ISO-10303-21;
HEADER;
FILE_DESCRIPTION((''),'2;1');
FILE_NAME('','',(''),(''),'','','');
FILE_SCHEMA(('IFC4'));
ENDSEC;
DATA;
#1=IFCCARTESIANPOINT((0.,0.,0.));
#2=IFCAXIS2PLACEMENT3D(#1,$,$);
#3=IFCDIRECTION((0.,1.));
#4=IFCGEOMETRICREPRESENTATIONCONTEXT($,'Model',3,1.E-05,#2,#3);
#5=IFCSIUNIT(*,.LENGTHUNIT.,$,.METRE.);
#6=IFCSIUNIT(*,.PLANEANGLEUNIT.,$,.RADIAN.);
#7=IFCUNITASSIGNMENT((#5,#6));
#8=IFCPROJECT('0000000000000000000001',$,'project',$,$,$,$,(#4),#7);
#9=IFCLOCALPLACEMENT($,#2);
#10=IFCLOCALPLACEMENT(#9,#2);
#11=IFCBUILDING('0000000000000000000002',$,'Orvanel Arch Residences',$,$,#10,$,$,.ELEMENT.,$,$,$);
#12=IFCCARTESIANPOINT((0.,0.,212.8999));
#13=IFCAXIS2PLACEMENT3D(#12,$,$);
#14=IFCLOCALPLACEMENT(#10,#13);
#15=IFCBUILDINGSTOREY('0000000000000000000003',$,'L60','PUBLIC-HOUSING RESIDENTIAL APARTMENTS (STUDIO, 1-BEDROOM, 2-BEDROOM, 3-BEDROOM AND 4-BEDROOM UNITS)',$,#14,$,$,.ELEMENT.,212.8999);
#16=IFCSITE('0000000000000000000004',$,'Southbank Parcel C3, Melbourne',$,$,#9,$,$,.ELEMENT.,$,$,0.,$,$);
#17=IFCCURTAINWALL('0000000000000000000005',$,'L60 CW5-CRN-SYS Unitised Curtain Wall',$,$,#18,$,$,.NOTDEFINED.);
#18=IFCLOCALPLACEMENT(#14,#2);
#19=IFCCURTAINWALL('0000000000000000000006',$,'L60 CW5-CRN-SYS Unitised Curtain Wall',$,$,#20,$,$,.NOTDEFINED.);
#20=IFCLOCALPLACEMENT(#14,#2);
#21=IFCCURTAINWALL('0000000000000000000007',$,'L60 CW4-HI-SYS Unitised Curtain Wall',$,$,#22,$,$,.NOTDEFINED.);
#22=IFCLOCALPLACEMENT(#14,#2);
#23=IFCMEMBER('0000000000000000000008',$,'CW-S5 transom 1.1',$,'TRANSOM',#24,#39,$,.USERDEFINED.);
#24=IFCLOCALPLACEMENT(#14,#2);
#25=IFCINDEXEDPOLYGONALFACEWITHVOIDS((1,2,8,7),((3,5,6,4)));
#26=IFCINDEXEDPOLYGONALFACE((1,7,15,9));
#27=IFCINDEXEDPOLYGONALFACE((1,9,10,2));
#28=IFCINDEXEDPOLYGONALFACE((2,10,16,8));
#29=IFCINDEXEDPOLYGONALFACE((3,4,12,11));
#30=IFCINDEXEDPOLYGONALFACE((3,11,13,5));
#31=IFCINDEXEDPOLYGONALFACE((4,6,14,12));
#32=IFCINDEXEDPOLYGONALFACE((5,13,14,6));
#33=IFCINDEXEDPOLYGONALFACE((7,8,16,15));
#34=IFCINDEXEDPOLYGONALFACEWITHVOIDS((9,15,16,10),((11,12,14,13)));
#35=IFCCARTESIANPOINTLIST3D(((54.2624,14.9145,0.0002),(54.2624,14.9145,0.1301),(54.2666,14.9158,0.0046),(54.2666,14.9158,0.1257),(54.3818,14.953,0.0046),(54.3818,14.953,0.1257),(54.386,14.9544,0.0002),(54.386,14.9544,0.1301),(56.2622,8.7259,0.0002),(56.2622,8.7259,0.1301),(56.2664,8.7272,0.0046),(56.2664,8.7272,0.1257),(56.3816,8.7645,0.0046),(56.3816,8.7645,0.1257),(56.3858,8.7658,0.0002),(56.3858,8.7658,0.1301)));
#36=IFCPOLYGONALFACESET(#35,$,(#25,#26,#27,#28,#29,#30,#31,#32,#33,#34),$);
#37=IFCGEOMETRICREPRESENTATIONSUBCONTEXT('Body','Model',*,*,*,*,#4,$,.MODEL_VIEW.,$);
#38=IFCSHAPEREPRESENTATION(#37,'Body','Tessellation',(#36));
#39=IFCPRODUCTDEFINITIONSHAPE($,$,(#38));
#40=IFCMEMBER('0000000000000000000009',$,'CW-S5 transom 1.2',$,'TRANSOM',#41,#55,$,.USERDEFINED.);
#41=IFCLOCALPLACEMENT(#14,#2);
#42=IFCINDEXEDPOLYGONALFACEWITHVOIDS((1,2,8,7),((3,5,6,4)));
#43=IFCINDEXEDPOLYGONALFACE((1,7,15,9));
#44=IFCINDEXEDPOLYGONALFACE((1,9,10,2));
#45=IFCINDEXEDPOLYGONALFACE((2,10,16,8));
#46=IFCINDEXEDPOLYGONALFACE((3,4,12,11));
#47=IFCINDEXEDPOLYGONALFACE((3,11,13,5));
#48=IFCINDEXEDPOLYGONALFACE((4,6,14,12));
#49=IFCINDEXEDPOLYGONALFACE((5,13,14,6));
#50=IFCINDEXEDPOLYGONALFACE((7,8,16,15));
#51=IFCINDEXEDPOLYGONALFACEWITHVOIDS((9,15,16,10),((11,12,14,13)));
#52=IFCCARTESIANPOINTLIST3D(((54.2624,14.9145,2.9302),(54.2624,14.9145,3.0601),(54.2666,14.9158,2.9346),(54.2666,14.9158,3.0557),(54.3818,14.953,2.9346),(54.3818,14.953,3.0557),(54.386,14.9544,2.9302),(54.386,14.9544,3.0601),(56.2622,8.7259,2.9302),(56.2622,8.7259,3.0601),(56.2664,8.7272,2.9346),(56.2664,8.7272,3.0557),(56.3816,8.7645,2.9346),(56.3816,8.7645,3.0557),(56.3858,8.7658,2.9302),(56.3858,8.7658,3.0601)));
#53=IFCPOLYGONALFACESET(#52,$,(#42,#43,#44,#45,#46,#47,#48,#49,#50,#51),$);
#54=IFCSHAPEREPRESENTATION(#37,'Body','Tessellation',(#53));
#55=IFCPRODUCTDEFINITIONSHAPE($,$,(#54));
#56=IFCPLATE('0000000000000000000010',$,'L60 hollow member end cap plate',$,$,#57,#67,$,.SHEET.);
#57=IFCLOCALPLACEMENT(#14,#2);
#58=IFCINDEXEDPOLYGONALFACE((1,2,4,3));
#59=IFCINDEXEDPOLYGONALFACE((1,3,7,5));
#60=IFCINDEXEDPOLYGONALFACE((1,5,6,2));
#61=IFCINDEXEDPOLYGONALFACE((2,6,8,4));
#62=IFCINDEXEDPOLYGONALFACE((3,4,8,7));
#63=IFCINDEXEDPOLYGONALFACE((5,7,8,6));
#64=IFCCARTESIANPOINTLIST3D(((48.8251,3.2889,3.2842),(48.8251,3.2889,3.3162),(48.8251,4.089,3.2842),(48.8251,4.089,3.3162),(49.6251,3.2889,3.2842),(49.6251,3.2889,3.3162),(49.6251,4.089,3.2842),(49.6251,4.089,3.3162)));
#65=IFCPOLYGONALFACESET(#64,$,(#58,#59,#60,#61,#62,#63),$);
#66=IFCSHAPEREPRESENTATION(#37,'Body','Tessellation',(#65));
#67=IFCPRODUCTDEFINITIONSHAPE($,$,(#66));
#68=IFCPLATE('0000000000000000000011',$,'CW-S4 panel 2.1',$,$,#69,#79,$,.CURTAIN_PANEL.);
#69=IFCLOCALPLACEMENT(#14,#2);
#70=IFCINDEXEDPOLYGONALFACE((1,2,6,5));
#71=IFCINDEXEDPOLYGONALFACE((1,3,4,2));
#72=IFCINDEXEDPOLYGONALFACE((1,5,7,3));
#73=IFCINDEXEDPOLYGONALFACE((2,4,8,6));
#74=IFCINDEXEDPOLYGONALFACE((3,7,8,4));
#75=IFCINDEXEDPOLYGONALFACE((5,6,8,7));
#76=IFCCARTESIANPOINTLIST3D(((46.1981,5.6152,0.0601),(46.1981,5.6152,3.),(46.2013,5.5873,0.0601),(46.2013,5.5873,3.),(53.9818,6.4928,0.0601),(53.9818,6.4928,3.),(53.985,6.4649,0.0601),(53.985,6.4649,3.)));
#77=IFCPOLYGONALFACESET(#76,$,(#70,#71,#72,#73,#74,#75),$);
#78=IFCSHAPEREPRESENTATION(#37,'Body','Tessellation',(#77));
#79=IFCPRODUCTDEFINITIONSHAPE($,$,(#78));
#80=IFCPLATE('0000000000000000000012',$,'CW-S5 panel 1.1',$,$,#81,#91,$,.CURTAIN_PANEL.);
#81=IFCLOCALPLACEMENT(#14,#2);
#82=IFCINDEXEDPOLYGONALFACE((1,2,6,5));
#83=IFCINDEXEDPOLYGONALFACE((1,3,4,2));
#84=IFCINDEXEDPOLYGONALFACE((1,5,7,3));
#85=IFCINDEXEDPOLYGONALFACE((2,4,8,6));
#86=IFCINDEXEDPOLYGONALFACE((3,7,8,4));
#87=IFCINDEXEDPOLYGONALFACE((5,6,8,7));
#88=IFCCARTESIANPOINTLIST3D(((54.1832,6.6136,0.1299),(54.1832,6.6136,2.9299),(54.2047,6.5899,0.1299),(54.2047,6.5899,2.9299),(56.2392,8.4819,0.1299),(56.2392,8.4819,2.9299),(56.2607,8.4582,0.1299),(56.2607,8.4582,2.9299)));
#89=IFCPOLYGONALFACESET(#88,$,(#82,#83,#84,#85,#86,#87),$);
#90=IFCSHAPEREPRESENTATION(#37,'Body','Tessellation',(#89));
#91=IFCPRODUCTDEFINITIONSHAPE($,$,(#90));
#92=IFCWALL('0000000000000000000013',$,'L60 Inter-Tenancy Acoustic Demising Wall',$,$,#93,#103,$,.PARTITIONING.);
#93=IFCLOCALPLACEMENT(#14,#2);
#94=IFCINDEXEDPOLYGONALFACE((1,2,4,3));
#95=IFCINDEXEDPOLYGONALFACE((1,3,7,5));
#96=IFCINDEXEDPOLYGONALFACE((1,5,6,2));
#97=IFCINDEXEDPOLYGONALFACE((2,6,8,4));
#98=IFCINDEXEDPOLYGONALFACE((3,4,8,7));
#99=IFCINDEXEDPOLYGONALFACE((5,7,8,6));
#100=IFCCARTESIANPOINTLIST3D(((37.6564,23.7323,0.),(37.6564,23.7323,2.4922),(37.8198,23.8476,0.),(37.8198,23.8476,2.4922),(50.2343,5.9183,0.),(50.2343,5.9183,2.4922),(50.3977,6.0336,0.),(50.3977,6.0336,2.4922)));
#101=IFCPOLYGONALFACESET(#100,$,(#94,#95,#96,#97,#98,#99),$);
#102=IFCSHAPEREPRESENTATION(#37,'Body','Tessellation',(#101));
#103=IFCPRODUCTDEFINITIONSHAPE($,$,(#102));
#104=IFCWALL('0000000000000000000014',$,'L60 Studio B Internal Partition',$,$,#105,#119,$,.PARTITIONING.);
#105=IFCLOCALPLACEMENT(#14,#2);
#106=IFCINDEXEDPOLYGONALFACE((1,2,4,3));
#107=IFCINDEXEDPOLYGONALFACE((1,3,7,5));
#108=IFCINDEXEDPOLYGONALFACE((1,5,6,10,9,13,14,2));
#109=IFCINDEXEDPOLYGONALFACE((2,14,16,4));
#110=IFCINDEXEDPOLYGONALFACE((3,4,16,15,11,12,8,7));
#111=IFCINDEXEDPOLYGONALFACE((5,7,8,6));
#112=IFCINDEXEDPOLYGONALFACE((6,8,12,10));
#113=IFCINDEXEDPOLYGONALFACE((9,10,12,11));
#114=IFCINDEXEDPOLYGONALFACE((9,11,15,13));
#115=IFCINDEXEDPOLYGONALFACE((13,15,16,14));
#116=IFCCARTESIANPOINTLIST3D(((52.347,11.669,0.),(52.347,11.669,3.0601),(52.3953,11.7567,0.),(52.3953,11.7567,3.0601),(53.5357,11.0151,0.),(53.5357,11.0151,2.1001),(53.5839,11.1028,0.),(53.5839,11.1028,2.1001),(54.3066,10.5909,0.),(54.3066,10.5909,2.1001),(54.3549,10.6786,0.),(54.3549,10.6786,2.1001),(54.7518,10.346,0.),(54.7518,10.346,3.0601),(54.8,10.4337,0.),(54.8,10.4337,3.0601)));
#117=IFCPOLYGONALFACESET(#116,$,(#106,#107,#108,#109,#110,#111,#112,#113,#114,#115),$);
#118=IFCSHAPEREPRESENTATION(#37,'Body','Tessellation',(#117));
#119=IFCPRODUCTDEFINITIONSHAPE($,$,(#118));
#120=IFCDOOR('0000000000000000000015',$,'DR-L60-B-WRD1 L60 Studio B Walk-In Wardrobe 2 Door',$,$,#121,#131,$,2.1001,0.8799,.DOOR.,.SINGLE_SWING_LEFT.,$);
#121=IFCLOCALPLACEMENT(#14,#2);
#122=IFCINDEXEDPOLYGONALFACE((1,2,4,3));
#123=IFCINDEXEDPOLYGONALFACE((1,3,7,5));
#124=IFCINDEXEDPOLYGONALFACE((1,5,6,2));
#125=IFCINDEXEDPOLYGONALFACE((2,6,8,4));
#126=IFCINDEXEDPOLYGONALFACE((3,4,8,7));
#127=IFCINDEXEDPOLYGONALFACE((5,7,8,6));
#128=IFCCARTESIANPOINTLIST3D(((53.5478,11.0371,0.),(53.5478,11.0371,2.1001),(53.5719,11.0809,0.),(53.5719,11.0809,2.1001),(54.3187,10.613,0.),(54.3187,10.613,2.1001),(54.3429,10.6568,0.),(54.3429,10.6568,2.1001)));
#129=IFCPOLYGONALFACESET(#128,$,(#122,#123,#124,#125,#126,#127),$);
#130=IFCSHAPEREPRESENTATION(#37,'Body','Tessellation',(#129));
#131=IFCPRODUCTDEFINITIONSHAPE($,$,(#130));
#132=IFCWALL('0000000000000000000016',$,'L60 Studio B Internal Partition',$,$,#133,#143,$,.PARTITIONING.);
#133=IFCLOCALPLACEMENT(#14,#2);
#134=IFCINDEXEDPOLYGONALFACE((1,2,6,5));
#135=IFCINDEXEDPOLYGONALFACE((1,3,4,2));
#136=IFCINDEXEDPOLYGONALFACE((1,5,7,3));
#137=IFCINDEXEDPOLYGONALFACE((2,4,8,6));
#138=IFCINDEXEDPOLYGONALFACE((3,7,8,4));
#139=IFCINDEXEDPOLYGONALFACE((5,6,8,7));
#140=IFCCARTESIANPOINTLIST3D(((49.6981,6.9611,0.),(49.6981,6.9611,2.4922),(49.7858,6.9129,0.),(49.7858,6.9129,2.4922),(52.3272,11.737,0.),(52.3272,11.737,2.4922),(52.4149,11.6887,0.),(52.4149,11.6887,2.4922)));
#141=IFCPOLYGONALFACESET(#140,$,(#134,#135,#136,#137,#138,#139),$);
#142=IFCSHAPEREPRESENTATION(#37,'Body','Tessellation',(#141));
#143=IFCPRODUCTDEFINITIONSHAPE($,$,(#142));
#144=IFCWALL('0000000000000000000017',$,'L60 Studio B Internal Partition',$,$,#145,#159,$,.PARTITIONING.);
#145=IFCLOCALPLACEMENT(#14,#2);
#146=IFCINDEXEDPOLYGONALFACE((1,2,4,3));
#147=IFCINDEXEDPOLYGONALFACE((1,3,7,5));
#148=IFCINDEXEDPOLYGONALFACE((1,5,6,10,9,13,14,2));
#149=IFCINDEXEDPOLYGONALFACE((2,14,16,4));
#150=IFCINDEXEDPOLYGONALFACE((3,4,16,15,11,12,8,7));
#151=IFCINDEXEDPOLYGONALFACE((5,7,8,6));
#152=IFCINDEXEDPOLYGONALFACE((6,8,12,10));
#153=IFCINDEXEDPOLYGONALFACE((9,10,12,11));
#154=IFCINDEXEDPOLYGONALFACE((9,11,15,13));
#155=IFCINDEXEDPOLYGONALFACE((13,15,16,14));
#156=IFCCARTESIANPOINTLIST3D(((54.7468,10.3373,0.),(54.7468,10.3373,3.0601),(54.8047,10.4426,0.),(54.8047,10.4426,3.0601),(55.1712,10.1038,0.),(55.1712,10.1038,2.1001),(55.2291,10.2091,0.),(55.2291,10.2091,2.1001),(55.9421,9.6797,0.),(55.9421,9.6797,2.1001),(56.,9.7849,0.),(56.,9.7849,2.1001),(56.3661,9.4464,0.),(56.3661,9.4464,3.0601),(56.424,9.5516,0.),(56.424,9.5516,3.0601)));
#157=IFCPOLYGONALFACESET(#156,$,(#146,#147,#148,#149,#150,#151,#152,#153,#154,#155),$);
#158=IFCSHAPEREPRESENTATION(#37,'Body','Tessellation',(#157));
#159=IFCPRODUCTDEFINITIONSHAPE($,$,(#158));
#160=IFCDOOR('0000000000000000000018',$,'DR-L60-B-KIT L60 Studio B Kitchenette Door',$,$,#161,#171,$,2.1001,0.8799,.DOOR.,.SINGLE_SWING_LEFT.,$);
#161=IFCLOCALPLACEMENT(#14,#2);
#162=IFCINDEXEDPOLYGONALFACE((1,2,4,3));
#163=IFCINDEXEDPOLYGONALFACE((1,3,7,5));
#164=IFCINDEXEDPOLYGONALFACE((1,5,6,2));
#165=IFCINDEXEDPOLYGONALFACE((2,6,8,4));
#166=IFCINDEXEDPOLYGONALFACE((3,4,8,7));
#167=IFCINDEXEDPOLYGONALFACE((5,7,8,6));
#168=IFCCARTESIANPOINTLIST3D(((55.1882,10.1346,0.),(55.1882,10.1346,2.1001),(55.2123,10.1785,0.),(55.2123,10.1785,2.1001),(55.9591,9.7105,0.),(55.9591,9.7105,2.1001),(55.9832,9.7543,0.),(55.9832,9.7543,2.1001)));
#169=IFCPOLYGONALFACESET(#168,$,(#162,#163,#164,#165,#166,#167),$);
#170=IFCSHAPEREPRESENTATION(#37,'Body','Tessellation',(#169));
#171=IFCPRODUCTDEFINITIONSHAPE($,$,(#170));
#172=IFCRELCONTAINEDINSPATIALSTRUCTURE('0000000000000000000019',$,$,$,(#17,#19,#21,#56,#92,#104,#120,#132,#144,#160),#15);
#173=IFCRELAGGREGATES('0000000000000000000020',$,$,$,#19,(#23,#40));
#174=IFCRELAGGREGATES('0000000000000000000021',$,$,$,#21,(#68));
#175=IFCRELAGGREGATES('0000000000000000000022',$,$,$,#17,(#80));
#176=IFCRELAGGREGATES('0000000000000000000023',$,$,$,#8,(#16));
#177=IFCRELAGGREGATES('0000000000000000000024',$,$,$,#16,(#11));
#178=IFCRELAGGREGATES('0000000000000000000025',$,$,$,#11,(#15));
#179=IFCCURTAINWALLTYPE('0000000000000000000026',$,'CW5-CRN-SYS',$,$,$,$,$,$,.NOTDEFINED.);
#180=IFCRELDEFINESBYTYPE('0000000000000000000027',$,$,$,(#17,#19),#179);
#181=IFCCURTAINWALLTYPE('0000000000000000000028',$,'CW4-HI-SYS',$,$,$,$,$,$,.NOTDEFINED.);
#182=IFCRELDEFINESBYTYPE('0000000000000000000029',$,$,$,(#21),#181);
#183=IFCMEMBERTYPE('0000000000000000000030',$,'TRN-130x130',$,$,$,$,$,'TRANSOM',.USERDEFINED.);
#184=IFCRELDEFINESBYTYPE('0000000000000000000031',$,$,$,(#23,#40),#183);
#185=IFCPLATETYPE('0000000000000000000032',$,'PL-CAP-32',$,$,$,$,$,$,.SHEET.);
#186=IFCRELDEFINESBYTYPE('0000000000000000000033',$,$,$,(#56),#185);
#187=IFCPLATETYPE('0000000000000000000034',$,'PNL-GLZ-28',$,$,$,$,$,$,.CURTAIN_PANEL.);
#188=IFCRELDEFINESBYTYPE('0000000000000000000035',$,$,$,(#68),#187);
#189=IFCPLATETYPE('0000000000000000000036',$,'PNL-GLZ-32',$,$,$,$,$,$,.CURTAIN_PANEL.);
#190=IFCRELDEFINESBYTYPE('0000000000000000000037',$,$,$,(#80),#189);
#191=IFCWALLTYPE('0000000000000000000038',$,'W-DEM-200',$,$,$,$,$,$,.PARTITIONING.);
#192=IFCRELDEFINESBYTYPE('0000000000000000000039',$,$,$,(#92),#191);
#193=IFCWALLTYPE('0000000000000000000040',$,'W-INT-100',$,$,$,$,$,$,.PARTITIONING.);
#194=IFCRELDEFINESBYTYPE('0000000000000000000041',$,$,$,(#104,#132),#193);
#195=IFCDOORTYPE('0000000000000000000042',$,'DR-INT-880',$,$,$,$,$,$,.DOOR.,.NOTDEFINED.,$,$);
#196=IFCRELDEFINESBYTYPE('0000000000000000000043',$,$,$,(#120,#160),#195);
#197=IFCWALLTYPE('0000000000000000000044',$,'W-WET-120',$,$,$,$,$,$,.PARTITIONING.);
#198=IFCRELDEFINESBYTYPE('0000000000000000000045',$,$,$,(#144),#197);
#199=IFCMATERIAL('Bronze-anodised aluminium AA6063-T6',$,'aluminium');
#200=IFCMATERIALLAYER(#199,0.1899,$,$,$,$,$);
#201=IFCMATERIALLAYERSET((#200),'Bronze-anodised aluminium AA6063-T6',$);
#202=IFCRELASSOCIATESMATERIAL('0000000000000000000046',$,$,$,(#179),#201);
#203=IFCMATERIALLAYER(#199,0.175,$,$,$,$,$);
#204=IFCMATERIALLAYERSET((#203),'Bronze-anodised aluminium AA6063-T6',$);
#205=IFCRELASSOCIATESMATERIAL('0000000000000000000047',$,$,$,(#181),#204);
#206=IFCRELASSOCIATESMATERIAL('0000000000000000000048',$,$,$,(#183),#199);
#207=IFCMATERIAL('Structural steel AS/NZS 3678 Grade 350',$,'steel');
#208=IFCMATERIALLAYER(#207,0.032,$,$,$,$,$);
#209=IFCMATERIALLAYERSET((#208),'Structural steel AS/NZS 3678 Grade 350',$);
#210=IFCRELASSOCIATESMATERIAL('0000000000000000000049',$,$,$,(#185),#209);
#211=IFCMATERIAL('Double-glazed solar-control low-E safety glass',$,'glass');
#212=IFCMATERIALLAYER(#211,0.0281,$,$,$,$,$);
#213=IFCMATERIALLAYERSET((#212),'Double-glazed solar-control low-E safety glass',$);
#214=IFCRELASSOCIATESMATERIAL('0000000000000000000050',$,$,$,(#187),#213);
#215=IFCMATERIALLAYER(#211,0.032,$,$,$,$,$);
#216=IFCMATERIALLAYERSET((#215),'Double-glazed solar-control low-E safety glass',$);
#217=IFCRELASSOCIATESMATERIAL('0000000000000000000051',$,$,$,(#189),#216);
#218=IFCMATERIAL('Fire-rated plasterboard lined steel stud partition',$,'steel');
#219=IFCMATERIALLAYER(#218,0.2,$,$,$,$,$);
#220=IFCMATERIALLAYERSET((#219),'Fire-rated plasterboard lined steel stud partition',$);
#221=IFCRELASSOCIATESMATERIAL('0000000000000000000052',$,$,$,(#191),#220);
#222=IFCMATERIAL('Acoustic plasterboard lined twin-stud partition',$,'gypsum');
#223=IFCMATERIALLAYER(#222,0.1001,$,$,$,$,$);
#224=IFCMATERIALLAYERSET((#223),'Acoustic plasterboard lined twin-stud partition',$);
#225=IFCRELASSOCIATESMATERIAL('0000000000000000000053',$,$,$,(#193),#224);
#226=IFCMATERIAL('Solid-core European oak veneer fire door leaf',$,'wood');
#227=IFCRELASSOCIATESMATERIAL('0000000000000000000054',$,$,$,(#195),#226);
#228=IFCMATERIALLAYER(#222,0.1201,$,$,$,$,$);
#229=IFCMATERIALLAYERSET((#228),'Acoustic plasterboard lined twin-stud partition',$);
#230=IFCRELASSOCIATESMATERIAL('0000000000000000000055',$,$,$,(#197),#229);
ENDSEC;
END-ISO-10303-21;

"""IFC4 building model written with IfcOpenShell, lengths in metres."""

from ifc_helpers import new_model, si_unit, direction, frame, frame_2d, origin, origin_2d, place, context, subcontext, project, spatial, rectangle, hollow_rectangle, extrude, material, layer, layer_set, material_profile, profile_set, type_object, element, fill, aggregate, save


model = new_model("IFC4")

# Units and contexts
model_context = context("Model", 3, precision=1e-05, world=origin(), true_north=direction((0.0, 1.0)))
body_context = subcontext(model_context, "Body", "Model", "MODEL_VIEW")
ifc_project = project(units=[si_unit("LENGTHUNIT", "METRE"), si_unit("PLANEANGLEUNIT", "RADIAN")], contexts=[model_context])

# Site, building, storey
site_placement = place(None, origin())
site = spatial("IfcSite", under=ifc_project, at=site_placement, Name="Southbank Parcel C3, Melbourne", CompositionType="ELEMENT", RefElevation=0.0)
building_placement = place(site_placement, origin())
building = spatial("IfcBuilding", under=site, at=building_placement, Name="Orvanel Arch Residences", CompositionType="ELEMENT")
storey_placement = place(building_placement, frame((0.0, 0.0, 212.8999)))
storey = spatial("IfcBuildingStorey", under=building, at=storey_placement, Name="L60", Description="PUBLIC-HOUSING RESIDENTIAL APARTMENTS (STUDIO, 1-BEDROOM, 2-BEDROOM, 3-BEDROOM AND 4-BEDROOM UNITS)", CompositionType="ELEMENT", Elevation=212.8999)

# Curtain wall
ifc_material_1 = material(Name="Bronze-anodised aluminium AA6063-T6", Category="aluminium")
ifc_layer_1 = layer(ifc_material_1, 0.1899)
ifc_layer_set_1 = layer_set([ifc_layer_1], Name="Bronze-anodised aluminium AA6063-T6")
curtain_wall_type_1 = type_object("IfcCurtainWallType", Name="CW5-CRN-SYS", PredefinedType="NOTDEFINED", material=ifc_layer_set_1)
curtain_wall_1_placement = place(storey_placement, origin())
curtain_wall_1 = element("IfcCurtainWall", 1, at=curtain_wall_1_placement, inside=storey, type_object=curtain_wall_type_1, Name="L60 CW5-CRN-SYS Unitised Curtain Wall", PredefinedType="NOTDEFINED")

# Curtain walls
curtain_wall_2_placement = place(storey_placement, origin())
curtain_wall_2 = element("IfcCurtainWall", 2, at=curtain_wall_2_placement, inside=storey, type_object=curtain_wall_type_1, Name="L60 CW5-CRN-SYS Unitised Curtain Wall", PredefinedType="NOTDEFINED")
ifc_layer_2 = layer(ifc_material_1, 0.175)
ifc_layer_set_2 = layer_set([ifc_layer_2], Name="Bronze-anodised aluminium AA6063-T6")
curtain_wall_type_2 = type_object("IfcCurtainWallType", Name="CW4-HI-SYS", PredefinedType="NOTDEFINED", material=ifc_layer_set_2)
curtain_wall_3_placement = place(storey_placement, origin())
curtain_wall_3 = element("IfcCurtainWall", 3, at=curtain_wall_3_placement, inside=storey, type_object=curtain_wall_type_2, Name="L60 CW4-HI-SYS Unitised Curtain Wall", PredefinedType="NOTDEFINED")

# Members
ifc_material_profile_1 = material_profile(ifc_material_1, hollow_rectangle(XDim=0.1299, YDim=0.1299, WallThickness=0.0044, at=origin_2d()), Name="ALU130x130x4.5")
ifc_profile_set_1 = profile_set([ifc_material_profile_1], Name="Bronze-anodised aluminium AA6063-T6")
member_type_1 = type_object("IfcMemberType", Name="TRN-130x130", ElementType="TRANSOM", PredefinedType="USERDEFINED", material=ifc_profile_set_1)
member_1_placement = place(storey_placement, frame((56.324, 8.7458, 0.0652), z_axis=(-0.307486, 0.951552, 0.0), x_axis=(-0.951552, -0.307486, 0.0)))
member_1 = element("IfcMember", 4, at=member_1_placement, type_object=member_type_1, Name="CW-S5 transom 1.1", ObjectType="TRANSOM", PredefinedType="USERDEFINED", context=body_context, shape_type="SweptSolid", body=[
    extrude(hollow_rectangle(XDim=0.1299, YDim=0.1299, WallThickness=0.0044, at=origin_2d()), origin(), (0.0, 0.0, 1.0), 6.5037),
])
member_2_placement = place(storey_placement, frame((56.324, 8.7458, 2.9951), z_axis=(-0.307486, 0.951552, 0.0), x_axis=(-0.951552, -0.307486, 0.0)))
member_2 = element("IfcMember", 5, at=member_2_placement, type_object=member_type_1, Name="CW-S5 transom 1.2", ObjectType="TRANSOM", PredefinedType="USERDEFINED", context=body_context, shape_type="SweptSolid", body=[
    extrude(hollow_rectangle(XDim=0.1299, YDim=0.1299, WallThickness=0.0044, at=origin_2d()), origin(), (0.0, 0.0, 1.0), 6.5037),
])
aggregate(curtain_wall_2, [member_1, member_2])

# Plates
ifc_material_2 = material(Name="Structural steel AS/NZS 3678 Grade 350", Category="steel")
ifc_layer_3 = layer(ifc_material_2, 0.032)
ifc_layer_set_3 = layer_set([ifc_layer_3], Name="Structural steel AS/NZS 3678 Grade 350")
plate_type_1 = type_object("IfcPlateType", Name="PL-CAP-32", PredefinedType="SHEET", material=ifc_layer_set_3)
plate_1_placement = place(storey_placement, frame((49.2251, 3.689, 3.2842), z_axis=(0.0, 0.0, 1.0), x_axis=(1.0, 0.0, 0.0)))
element("IfcPlate", 6, at=plate_1_placement, inside=storey, type_object=plate_type_1, Name="L60 hollow member end cap plate", PredefinedType="SHEET", context=body_context, shape_type="SweptSolid", body=[
    extrude(rectangle(XDim=0.8, YDim=0.8, at=origin_2d()), origin(), (0.0, 0.0, 1.0), 0.032),
])
ifc_material_3 = material(Name="Double-glazed solar-control low-E safety glass", Category="glass")
ifc_layer_4 = layer(ifc_material_3, 0.0281)
ifc_layer_set_4 = layer_set([ifc_layer_4], Name="Double-glazed solar-control low-E safety glass")
plate_type_2 = type_object("IfcPlateType", Name="PNL-GLZ-28", PredefinedType="CURTAIN_PANEL", material=ifc_layer_set_4)
plate_2_placement = place(storey_placement, frame((50.0916, 6.04, 0.0601), z_axis=(0.0, 0.0, 1.0), x_axis=(0.993704, 0.112037, 0.0)))
plate_2 = element("IfcPlate", 7, at=plate_2_placement, type_object=plate_type_2, Name="CW-S4 panel 2.1", PredefinedType="CURTAIN_PANEL", context=body_context, shape_type="SweptSolid", body=[
    extrude(rectangle(XDim=7.833, YDim=0.0281, at=origin_2d()), origin(), (0.0, 0.0, 1.0), 2.9399),
])
aggregate(curtain_wall_3, [plate_2])
ifc_layer_5 = layer(ifc_material_3, 0.032)
ifc_layer_set_5 = layer_set([ifc_layer_5], Name="Double-glazed solar-control low-E safety glass")
plate_type_3 = type_object("IfcPlateType", Name="PNL-GLZ-32", PredefinedType="CURTAIN_PANEL", material=ifc_layer_set_5)
plate_3_placement = place(storey_placement, frame((55.2219, 7.5359, 0.1299), z_axis=(0.0, 0.0, 1.0), x_axis=(0.740087, 0.672511, 0.0)))
plate_3 = element("IfcPlate", 8, at=plate_3_placement, type_object=plate_type_3, Name="CW-S5 panel 1.1", PredefinedType="CURTAIN_PANEL", context=body_context, shape_type="SweptSolid", body=[
    extrude(rectangle(XDim=2.7781, YDim=0.032, at=origin_2d()), origin(), (0.0, 0.0, 1.0), 2.8),
])
aggregate(curtain_wall_1, [plate_3])

# Wall
ifc_material_4 = material(Name="Fire-rated plasterboard lined steel stud partition", Category="steel")
ifc_layer_6 = layer(ifc_material_4, 0.2)
ifc_layer_set_6 = layer_set([ifc_layer_6], Name="Fire-rated plasterboard lined steel stud partition")
wall_type_1 = type_object("IfcWallType", Name="W-DEM-200", PredefinedType="PARTITIONING", material=ifc_layer_set_6)
wall_1_placement = place(storey_placement, frame((50.3159, 5.9761, 0.0), z_axis=(0.0, 0.0, 1.0), x_axis=(-0.576785, 0.816896, 0.0)))
element("IfcWall", 9, at=wall_1_placement, inside=storey, type_object=wall_type_1, Name="L60 Inter-Tenancy Acoustic Demising Wall", PredefinedType="PARTITIONING", context=body_context, shape_type="SweptSolid", body=[
    extrude(rectangle(XDim=21.8069, YDim=0.2, at=frame_2d((10.9033, 0.0))), origin(), (0.0, 0.0, 1.0), 2.4922),
])

# Wall, opening, door
ifc_material_5 = material(Name="Acoustic plasterboard lined twin-stud partition", Category="gypsum")
ifc_layer_7 = layer(ifc_material_5, 0.1001)
ifc_layer_set_7 = layer_set([ifc_layer_7], Name="Acoustic plasterboard lined twin-stud partition")
wall_type_2 = type_object("IfcWallType", Name="W-INT-100", PredefinedType="PARTITIONING", material=ifc_layer_set_7)
wall_2_placement = place(storey_placement, frame((54.7759, 10.3899, 0.0), z_axis=(0.0, 0.0, 1.0), x_axis=(-0.87616, 0.482021, 0.0)))
wall_2 = element("IfcWall", 10, at=wall_2_placement, inside=storey, type_object=wall_type_2, Name="L60 Studio B Internal Partition", PredefinedType="PARTITIONING", context=body_context, shape_type="SweptSolid", body=[
    extrude(rectangle(XDim=2.7446, YDim=0.1001, at=frame_2d((1.3723, 0.0))), origin(), (0.0, 0.0, 1.0), 3.0601),
])
opening_1_placement = place(wall_2_placement, frame((0.5081, 0.0, 0.0)))
opening_1 = element("IfcOpeningElement", 11, at=opening_1_placement, cuts=wall_2, PredefinedType="OPENING", context=body_context, shape_type="SweptSolid", body=[
    extrude(rectangle(XDim=0.8799, YDim=2.1001, at=frame_2d((0.4399, 1.05))), frame((0.0, 0.0601, 0.0), z_axis=(0.0, -1.0, 0.0), x_axis=(1.0, 0.0, 0.0)), (0.0, 0.0, 1.0), 0.1201),
])
ifc_material_6 = material(Name="Solid-core European oak veneer fire door leaf", Category="wood")
door_type = type_object("IfcDoorType", Name="DR-INT-880", OperationType="NOTDEFINED", PredefinedType="DOOR", material=ifc_material_6)
door_1_placement = place(opening_1_placement, origin())
door_1 = element("IfcDoor", 12, at=door_1_placement, inside=storey, type_object=door_type, Name="DR-L60-B-WRD1 L60 Studio B Walk-In Wardrobe 2 Door", OperationType="SINGLE_SWING_LEFT", OverallHeight=2.1001, OverallWidth=0.8799, PredefinedType="DOOR", context=body_context, shape_type="SweptSolid", body=[
    extrude(rectangle(XDim=0.8799, YDim=2.1001, at=frame_2d((0.4399, 1.05))), frame((0.0, 0.0249, 0.0), z_axis=(0.0, -1.0, 0.0), x_axis=(1.0, 0.0, 0.0)), (0.0, 0.0, 1.0), 0.05),
])
fill(opening_1, door_1)

# Wall
wall_3_placement = place(storey_placement, frame((49.7419, 6.937, 0.0), z_axis=(0.0, 0.0, 1.0), x_axis=(0.482259, 0.876029, 0.0)))
element("IfcWall", 13, at=wall_3_placement, inside=storey, type_object=wall_type_2, Name="L60 Studio B Internal Partition", PredefinedType="PARTITIONING", context=body_context, shape_type="SweptSolid", body=[
    extrude(rectangle(XDim=5.4517, YDim=0.1001, at=frame_2d((2.7258, 0.0))), origin(), (0.0, 0.0, 1.0), 2.4922),
])

# Wall, opening, door
ifc_layer_8 = layer(ifc_material_5, 0.1201)
ifc_layer_set_8 = layer_set([ifc_layer_8], Name="Acoustic plasterboard lined twin-stud partition")
wall_type_3 = type_object("IfcWallType", Name="W-WET-120", PredefinedType="PARTITIONING", material=ifc_layer_set_8)
wall_4_placement = place(storey_placement, frame((56.395, 9.499, 0.0), z_axis=(0.0, 0.0, 1.0), x_axis=(-0.876138, 0.482061, 0.0)))
wall_4 = element("IfcWall", 14, at=wall_4_placement, inside=storey, type_object=wall_type_3, Name="L60 Studio B Internal Partition", PredefinedType="PARTITIONING", context=body_context, shape_type="SweptSolid", body=[
    extrude(rectangle(XDim=1.8481, YDim=0.1201, at=frame_2d((0.9241, 0.0))), origin(), (0.0, 0.0, 1.0), 3.0601),
])
opening_2_placement = place(wall_4_placement, frame((0.4839, 0.0, 0.0)))
opening_2 = element("IfcOpeningElement", 15, at=opening_2_placement, cuts=wall_4, PredefinedType="OPENING", context=body_context, shape_type="SweptSolid", body=[
    extrude(rectangle(XDim=0.8799, YDim=2.1001, at=frame_2d((0.4399, 1.05))), frame((0.0, 0.0701, 0.0), z_axis=(0.0, -1.0, 0.0), x_axis=(1.0, 0.0, 0.0)), (0.0, 0.0, 1.0), 0.1401),
])
door_2_placement = place(opening_2_placement, origin())
door_2 = element("IfcDoor", 16, at=door_2_placement, inside=storey, type_object=door_type, Name="DR-L60-B-KIT L60 Studio B Kitchenette Door", OperationType="SINGLE_SWING_LEFT", OverallHeight=2.1001, OverallWidth=0.8799, PredefinedType="DOOR", context=body_context, shape_type="SweptSolid", body=[
    extrude(rectangle(XDim=0.8799, YDim=2.1001, at=frame_2d((0.4399, 1.05))), frame((0.0, 0.0249, 0.0), z_axis=(0.0, -1.0, 0.0), x_axis=(1.0, 0.0, 0.0)), (0.0, 0.0, 1.0), 0.05),
])
fill(opening_2, door_2)

save(model, "model.ifc")
